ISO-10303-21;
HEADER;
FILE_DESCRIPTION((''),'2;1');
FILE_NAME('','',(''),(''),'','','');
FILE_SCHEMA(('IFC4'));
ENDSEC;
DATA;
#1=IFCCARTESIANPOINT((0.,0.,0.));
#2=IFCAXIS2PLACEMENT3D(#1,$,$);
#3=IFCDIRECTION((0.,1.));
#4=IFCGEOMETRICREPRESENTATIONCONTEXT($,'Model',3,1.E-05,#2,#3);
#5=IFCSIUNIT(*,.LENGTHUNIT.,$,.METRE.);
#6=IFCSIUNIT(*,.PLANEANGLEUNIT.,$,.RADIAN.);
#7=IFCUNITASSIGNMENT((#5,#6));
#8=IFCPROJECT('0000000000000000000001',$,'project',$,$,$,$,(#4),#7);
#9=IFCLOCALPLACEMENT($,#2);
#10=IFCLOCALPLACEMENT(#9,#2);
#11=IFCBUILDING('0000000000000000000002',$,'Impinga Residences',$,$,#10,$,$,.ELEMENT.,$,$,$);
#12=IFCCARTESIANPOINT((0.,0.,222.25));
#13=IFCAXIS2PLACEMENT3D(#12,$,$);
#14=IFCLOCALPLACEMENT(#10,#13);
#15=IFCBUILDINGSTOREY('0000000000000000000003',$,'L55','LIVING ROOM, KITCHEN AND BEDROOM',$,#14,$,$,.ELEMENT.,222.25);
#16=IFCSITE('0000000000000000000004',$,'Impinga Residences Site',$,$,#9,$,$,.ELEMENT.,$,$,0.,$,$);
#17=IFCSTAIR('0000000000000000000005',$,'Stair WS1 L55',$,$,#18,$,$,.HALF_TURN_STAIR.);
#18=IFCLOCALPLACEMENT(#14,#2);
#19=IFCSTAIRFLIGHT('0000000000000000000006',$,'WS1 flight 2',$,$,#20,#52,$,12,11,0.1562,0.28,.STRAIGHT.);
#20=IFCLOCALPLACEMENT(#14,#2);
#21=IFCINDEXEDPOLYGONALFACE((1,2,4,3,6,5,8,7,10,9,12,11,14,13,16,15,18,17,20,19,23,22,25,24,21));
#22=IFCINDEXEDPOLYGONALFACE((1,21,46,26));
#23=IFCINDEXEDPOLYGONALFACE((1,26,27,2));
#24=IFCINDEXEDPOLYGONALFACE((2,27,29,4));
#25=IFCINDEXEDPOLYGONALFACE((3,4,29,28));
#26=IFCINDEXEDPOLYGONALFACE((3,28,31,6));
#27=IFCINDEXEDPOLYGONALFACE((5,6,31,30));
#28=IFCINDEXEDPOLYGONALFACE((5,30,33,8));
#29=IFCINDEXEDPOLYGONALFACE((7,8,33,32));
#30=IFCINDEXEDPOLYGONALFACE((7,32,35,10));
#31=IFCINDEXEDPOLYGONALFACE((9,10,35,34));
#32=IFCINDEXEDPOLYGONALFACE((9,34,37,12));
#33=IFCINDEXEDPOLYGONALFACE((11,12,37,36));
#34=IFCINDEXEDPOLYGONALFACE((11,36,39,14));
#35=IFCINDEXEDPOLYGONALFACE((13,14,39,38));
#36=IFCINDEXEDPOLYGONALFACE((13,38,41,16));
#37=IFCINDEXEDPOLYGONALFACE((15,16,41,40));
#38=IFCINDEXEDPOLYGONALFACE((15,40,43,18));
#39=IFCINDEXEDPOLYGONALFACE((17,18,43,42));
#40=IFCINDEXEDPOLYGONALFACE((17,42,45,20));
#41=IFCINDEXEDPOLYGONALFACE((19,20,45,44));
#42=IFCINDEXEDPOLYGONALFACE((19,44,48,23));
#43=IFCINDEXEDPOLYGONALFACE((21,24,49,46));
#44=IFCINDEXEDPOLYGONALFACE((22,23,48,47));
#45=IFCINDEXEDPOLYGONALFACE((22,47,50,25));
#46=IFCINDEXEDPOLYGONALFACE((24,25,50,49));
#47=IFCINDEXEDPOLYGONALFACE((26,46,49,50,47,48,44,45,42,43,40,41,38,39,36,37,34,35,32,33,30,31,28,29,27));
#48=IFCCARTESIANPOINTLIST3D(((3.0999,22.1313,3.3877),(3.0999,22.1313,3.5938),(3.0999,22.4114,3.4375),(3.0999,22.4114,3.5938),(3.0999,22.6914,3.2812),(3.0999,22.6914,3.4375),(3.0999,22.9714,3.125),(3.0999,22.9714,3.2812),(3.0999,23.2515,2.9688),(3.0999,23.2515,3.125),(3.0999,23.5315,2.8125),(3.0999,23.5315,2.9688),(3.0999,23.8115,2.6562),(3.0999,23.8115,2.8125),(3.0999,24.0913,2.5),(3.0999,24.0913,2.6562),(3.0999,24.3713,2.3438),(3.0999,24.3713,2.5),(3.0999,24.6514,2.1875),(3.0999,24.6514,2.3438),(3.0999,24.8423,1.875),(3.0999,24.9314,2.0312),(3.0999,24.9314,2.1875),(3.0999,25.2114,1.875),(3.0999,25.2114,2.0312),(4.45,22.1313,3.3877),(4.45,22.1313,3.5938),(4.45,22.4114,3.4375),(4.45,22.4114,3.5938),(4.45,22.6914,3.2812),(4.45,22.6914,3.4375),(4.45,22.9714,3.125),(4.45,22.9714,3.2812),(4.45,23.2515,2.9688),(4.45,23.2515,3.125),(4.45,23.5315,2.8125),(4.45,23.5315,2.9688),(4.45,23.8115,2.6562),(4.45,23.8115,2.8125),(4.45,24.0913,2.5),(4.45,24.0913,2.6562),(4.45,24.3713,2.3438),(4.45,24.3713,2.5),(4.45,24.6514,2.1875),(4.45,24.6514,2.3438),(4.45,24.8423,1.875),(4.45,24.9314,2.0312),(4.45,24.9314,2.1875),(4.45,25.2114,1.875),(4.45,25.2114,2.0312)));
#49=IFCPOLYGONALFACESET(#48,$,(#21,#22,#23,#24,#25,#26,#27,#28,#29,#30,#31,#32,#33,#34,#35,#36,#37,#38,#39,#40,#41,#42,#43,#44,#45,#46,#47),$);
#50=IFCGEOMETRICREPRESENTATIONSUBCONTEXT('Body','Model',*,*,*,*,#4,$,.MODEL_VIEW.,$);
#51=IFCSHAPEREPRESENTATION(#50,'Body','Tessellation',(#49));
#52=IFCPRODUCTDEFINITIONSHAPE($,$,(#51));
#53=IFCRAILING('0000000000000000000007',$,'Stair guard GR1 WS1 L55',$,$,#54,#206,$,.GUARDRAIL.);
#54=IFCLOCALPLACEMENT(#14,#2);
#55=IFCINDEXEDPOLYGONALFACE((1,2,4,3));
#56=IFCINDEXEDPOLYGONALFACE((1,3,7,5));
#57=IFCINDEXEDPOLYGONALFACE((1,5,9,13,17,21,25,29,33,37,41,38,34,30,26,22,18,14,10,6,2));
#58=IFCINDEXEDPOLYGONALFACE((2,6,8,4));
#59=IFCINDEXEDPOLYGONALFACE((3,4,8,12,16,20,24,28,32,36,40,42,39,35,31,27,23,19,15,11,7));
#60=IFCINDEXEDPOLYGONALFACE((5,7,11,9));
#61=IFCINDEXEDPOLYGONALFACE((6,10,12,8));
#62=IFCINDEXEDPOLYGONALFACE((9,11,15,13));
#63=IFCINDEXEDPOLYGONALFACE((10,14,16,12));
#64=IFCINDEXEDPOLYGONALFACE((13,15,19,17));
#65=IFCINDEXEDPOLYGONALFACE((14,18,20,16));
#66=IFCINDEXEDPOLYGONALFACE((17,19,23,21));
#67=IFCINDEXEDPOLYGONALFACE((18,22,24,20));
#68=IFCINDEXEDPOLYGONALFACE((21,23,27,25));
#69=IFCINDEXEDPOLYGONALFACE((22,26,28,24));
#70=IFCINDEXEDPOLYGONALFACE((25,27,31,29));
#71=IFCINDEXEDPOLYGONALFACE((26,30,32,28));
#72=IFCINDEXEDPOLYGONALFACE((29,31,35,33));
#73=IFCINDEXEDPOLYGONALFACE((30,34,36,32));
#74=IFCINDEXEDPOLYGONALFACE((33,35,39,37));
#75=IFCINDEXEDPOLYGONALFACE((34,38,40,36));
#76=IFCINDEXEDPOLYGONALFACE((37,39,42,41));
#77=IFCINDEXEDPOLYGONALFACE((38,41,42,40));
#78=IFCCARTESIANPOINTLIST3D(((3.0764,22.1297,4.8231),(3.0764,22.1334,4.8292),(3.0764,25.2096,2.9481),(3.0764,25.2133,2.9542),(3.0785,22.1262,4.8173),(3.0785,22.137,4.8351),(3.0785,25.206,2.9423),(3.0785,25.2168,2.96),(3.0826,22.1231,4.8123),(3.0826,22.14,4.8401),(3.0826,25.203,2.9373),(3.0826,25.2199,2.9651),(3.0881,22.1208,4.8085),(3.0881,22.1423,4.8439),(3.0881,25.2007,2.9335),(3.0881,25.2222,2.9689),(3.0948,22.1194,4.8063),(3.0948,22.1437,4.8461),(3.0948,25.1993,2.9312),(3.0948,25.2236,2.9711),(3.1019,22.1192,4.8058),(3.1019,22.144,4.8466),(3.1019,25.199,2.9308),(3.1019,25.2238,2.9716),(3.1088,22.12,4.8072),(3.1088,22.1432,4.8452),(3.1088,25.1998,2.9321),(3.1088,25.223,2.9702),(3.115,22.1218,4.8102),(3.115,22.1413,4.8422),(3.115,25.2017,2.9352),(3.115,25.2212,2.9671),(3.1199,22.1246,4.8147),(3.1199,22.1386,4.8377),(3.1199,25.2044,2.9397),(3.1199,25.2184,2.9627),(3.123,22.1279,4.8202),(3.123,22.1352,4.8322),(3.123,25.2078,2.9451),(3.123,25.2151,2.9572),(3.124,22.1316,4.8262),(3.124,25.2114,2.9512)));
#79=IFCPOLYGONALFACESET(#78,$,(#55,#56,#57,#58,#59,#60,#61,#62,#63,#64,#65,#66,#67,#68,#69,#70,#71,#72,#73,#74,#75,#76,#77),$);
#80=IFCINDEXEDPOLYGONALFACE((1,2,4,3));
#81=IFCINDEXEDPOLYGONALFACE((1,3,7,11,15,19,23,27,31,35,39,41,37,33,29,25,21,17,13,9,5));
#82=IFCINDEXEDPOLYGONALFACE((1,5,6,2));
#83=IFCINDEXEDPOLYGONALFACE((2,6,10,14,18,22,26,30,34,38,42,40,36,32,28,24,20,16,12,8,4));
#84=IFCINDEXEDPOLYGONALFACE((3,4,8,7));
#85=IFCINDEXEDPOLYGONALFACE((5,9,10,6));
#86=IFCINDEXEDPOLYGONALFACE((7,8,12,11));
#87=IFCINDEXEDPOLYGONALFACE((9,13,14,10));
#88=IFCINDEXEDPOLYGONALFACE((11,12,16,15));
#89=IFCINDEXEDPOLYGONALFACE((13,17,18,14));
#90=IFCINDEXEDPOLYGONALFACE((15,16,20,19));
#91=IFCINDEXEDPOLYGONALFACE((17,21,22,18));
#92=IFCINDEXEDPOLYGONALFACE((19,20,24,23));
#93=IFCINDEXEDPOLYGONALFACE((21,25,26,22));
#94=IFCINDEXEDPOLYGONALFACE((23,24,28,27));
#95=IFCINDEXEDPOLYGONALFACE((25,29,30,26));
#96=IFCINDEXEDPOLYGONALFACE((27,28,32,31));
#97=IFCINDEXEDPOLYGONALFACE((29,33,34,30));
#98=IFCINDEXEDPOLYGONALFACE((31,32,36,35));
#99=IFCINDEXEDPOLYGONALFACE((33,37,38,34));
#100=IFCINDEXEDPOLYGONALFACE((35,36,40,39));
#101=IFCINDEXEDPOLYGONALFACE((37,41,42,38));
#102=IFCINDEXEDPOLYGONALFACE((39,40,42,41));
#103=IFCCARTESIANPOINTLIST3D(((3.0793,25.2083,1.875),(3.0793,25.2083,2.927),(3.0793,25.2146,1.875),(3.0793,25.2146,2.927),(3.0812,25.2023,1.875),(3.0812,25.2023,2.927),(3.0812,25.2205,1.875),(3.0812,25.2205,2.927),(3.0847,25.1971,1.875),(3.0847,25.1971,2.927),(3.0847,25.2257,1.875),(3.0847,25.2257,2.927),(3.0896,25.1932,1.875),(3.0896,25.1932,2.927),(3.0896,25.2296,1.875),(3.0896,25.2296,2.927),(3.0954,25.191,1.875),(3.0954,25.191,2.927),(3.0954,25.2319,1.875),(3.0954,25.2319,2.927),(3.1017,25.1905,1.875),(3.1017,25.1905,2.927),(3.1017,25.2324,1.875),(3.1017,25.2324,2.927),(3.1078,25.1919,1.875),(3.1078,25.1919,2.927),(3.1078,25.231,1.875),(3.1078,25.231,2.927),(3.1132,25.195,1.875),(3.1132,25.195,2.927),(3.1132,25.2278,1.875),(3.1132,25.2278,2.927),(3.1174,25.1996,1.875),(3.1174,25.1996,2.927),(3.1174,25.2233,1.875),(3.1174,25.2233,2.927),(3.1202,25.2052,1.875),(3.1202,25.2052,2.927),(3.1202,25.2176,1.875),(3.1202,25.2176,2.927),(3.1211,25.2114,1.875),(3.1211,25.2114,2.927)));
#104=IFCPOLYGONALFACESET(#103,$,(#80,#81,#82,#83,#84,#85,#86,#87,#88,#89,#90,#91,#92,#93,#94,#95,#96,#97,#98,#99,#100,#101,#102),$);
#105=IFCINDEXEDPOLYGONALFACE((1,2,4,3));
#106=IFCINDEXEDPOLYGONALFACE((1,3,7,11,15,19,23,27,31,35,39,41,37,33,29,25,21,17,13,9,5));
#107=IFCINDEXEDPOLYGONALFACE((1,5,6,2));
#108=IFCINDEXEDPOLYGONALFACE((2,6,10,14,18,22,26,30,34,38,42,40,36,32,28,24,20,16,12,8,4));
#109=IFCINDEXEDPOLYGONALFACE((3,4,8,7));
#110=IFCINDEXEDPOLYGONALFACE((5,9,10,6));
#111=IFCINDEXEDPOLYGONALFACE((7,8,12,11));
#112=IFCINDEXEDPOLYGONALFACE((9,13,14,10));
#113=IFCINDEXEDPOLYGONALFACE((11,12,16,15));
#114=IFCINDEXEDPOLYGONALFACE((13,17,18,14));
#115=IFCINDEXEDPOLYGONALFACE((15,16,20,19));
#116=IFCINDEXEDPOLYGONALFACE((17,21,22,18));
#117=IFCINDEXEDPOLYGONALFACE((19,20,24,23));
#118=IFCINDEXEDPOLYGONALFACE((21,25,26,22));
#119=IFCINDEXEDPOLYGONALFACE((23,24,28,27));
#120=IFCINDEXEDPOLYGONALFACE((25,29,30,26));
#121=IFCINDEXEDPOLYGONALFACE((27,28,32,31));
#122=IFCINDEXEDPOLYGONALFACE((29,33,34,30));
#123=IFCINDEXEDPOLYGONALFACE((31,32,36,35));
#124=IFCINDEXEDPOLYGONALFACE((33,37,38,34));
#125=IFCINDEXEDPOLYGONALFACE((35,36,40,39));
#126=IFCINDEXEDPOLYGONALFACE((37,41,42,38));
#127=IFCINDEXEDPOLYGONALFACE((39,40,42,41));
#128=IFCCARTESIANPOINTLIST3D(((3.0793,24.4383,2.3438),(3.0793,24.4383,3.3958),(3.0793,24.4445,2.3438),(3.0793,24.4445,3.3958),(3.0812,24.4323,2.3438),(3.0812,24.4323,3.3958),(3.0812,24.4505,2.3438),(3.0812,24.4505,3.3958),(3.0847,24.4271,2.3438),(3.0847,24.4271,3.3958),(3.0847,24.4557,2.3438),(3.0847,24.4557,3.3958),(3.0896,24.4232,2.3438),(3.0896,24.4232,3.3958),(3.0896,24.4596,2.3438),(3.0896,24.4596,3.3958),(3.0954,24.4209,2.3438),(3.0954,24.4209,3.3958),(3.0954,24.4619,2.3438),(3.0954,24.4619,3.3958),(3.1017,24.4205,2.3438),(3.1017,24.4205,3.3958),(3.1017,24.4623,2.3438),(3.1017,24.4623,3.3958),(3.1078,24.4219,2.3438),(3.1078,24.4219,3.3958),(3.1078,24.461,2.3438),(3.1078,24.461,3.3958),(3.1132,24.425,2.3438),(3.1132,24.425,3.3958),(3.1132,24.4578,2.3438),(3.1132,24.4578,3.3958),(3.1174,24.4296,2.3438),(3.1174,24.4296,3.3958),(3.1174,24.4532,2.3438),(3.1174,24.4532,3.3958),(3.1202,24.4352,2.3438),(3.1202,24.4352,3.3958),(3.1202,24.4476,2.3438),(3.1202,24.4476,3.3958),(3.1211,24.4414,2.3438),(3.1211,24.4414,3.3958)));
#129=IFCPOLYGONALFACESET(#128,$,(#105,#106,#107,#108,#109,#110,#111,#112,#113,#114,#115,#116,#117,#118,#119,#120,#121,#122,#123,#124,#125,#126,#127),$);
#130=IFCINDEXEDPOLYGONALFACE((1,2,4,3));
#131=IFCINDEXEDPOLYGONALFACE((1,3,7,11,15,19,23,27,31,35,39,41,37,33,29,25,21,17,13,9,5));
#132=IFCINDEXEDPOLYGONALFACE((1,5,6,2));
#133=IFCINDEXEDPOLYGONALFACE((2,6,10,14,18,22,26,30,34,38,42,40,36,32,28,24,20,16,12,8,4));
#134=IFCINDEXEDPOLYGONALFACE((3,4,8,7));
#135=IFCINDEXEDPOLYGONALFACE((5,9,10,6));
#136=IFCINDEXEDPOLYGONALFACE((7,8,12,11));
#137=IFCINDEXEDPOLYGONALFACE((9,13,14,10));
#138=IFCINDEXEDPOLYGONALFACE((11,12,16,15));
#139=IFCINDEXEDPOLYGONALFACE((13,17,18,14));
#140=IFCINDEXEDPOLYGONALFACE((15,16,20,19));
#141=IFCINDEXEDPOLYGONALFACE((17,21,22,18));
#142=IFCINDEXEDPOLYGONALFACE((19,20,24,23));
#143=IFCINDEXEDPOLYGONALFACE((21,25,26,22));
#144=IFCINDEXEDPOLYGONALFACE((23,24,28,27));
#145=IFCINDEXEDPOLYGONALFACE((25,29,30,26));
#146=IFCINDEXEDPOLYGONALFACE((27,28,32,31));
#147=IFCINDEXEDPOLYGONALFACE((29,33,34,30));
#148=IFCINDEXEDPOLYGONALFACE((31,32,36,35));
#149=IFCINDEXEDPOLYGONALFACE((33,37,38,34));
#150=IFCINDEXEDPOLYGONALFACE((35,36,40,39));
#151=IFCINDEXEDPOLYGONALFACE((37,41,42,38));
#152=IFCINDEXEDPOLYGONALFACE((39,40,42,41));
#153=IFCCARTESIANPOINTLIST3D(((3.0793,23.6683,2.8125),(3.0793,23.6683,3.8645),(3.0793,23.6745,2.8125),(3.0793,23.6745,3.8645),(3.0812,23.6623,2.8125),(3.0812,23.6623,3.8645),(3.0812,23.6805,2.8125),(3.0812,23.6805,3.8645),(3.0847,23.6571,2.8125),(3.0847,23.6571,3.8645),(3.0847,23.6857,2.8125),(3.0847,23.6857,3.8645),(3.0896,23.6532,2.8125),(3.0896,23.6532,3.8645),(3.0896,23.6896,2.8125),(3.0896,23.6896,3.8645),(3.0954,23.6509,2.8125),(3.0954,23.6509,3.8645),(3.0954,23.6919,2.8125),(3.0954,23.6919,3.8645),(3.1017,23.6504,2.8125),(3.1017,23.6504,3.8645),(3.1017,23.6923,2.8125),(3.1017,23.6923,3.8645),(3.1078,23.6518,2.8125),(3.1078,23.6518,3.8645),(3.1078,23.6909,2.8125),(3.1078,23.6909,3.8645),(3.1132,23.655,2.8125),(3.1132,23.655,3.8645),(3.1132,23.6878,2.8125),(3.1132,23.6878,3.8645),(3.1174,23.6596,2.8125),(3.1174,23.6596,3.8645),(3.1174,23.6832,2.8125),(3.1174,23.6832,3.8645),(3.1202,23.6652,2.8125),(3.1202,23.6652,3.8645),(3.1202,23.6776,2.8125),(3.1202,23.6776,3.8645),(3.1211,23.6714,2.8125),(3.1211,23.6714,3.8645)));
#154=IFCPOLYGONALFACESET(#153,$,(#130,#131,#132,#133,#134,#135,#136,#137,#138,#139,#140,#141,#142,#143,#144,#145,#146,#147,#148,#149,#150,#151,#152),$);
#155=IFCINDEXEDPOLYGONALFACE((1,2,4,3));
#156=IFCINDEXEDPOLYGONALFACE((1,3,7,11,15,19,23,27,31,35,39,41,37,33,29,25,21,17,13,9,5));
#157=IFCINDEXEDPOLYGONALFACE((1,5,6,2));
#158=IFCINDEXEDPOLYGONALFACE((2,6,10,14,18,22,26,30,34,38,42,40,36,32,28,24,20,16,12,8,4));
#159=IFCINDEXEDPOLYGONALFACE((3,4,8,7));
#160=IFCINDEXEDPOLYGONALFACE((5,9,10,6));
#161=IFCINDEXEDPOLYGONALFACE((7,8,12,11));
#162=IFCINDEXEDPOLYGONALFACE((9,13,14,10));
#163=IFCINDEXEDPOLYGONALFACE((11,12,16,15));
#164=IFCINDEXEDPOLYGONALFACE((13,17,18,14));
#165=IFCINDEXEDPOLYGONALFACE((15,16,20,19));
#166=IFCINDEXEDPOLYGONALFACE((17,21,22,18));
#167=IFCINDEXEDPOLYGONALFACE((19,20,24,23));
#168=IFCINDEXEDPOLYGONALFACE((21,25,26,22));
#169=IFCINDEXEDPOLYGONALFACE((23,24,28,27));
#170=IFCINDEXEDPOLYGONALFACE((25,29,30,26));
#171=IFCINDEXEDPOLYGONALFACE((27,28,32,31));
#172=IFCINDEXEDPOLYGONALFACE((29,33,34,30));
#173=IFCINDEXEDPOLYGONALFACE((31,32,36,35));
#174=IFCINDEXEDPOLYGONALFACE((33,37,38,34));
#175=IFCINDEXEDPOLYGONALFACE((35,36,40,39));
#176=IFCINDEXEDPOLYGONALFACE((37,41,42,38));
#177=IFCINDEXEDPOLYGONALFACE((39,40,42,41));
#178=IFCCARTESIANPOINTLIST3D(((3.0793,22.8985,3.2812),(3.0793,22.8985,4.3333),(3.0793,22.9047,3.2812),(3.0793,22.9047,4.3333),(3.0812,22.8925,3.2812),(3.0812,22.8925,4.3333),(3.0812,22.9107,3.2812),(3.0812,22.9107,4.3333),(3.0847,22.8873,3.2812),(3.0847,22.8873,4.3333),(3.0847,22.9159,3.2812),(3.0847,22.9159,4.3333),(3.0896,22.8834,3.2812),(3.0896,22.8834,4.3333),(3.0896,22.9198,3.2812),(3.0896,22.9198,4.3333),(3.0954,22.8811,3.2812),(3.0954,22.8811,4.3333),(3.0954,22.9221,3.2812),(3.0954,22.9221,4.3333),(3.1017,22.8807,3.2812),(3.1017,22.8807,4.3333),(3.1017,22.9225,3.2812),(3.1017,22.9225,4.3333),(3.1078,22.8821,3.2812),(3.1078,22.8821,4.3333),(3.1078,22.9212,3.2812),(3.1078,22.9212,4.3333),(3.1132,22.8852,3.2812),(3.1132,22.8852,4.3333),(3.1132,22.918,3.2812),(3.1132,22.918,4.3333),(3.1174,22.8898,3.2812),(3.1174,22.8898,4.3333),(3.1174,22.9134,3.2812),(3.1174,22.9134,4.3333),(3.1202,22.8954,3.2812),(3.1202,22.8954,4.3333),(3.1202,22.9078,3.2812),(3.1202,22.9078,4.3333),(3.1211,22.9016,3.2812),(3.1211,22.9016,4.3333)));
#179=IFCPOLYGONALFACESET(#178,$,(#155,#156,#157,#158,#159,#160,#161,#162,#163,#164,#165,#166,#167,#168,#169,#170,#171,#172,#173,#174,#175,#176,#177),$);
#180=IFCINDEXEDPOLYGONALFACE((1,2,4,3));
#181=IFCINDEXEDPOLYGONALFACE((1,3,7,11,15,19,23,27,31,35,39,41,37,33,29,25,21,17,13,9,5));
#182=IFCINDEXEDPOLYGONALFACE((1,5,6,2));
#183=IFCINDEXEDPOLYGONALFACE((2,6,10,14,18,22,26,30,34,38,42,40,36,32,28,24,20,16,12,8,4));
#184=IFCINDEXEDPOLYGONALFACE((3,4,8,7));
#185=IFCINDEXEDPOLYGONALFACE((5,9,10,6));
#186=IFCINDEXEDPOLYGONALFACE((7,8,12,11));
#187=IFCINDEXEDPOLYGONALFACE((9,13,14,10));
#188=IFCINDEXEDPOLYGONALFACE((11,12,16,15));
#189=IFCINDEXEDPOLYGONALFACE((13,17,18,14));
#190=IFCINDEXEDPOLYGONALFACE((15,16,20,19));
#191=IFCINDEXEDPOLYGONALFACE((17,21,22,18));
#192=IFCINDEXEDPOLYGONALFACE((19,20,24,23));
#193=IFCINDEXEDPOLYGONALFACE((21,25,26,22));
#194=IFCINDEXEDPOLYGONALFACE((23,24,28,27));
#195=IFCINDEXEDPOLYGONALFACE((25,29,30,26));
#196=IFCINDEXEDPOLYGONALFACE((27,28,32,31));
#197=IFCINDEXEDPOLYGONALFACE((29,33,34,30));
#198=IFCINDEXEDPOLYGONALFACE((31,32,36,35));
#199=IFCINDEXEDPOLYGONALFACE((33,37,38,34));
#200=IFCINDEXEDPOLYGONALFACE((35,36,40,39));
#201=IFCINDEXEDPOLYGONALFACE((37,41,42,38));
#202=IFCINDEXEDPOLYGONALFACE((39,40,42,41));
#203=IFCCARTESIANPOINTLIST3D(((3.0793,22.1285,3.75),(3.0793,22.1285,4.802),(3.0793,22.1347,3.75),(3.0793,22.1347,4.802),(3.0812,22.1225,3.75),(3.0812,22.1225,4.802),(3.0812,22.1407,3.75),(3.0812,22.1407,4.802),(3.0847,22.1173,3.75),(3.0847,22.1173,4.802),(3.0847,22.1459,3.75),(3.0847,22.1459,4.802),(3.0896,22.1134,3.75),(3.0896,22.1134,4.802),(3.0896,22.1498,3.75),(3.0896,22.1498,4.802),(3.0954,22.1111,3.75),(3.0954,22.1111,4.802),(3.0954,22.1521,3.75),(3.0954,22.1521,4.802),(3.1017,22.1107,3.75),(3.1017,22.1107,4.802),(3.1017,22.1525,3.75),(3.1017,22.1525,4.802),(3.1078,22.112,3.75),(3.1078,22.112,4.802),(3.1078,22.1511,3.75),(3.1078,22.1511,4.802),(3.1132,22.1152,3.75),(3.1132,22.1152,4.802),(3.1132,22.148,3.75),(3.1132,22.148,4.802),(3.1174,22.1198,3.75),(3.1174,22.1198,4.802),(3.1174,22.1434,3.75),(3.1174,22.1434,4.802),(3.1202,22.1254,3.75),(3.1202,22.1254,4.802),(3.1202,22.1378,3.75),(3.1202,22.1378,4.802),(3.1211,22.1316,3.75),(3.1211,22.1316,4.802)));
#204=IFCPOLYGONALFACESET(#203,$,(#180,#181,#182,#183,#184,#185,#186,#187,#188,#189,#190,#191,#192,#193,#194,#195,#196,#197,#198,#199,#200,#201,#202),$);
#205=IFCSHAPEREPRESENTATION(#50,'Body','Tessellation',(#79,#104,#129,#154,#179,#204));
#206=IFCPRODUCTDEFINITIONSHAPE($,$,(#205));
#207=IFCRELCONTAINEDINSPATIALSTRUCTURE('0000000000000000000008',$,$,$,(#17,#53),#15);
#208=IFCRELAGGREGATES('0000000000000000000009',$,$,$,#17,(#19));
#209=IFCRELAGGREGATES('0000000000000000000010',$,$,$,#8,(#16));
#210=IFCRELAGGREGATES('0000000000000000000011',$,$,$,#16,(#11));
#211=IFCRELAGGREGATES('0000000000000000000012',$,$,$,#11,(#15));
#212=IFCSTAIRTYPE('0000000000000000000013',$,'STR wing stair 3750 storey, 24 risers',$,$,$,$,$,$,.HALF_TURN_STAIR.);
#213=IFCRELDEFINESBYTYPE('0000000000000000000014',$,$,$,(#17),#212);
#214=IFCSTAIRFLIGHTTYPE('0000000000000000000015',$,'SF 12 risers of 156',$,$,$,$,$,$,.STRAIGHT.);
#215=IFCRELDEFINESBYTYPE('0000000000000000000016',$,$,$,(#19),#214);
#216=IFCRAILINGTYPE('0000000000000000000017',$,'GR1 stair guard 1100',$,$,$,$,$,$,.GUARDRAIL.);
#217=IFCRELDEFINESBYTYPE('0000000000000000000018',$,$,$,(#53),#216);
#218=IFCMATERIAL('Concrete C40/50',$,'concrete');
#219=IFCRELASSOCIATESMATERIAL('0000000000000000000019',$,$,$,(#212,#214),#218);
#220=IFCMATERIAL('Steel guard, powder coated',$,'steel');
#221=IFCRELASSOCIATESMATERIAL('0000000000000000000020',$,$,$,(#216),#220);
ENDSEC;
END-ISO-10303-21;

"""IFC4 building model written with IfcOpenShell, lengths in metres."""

from ifc_helpers import new_model, si_unit, direction, frame, origin, origin_2d, place, context, subcontext, project, spatial, polyline, circle, outline, extrude, material, type_object, element, aggregate, save


model = new_model("IFC4")

# Units and contexts
model_context = context("Model", 3, precision=1e-05, world=origin(), true_north=direction((0.0, 1.0)))
body_context = subcontext(model_context, "Body", "Model", "MODEL_VIEW")
ifc_project = project(units=[si_unit("LENGTHUNIT", "METRE"), si_unit("PLANEANGLEUNIT", "RADIAN")], contexts=[model_context])

# Site, building, storey
site_placement = place(None, origin())
site = spatial("IfcSite", under=ifc_project, at=site_placement, Name="Impinga Residences Site", CompositionType="ELEMENT", RefElevation=0.0)
building_placement = place(site_placement, origin())
building = spatial("IfcBuilding", under=site, at=building_placement, Name="Impinga Residences", CompositionType="ELEMENT")
storey_placement = place(building_placement, frame((0.0, 0.0, 222.25)))
storey = spatial("IfcBuildingStorey", under=building, at=storey_placement, Name="L55", Description="LIVING ROOM, KITCHEN AND BEDROOM", CompositionType="ELEMENT", Elevation=222.25)

# Stair, stair flight
ifc_material_1 = material(Name="Concrete C40/50", Category="concrete")
stair_type = type_object("IfcStairType", Name="STR wing stair 3750 storey, 24 risers", PredefinedType="HALF_TURN_STAIR", material=ifc_material_1)
stair_placement = place(storey_placement, origin())
stair = element("IfcStair", 1, at=stair_placement, inside=storey, type_object=stair_type, Name="Stair WS1 L55", PredefinedType="HALF_TURN_STAIR")
stair_flight_type = type_object("IfcStairFlightType", Name="SF 12 risers of 156", PredefinedType="STRAIGHT", material=ifc_material_1)
stair_flight_1_placement = place(storey_placement, frame((3.7749, 25.2114, 1.875), z_axis=(0.0, 0.0, 1.0), x_axis=(0.0, -1.0, 0.0)))
stair_flight_1 = element("IfcStairFlight", 2, at=stair_flight_1_placement, type_object=stair_flight_type, Name="WS1 flight 2", NumberOfRisers=12, NumberOfTreads=11, PredefinedType="STRAIGHT", RiserHeight=0.1562, TreadLength=0.28, context=body_context, shape_type="SweptSolid", body=[
    extrude(outline(polyline([(0.0, 0.0), (0.0, 0.1562), (0.28, 0.1562), (0.28, 0.3125), (0.5601, 0.3125), (0.5601, 0.4688), (0.8401, 0.4688), (0.8401, 0.625), (1.1201, 0.625), (1.1201, 0.7812), (1.3999, 0.7812), (1.3999, 0.9375), (1.6799, 0.9375), (1.6799, 1.0938), (1.96, 1.0938), (1.96, 1.25), (2.24, 1.25), (2.24, 1.4062), (2.52, 1.4062), (2.52, 1.5625), (2.8, 1.5625), (2.8, 1.7188), (3.0801, 1.7188), (3.0801, 1.875), (3.0801, 1.5127), (0.3691, 0.0), (0.0, 0.0)])), frame((0.0, 0.675, 0.0), z_axis=(0.0, -1.0, 0.0), x_axis=(1.0, 0.0, 0.0)), (0.0, 0.0, 1.0), 1.3501),
])
aggregate(stair, [stair_flight_1])

# Railing
ifc_material_2 = material(Name="Steel guard, powder coated", Category="steel")
railing_type_1 = type_object("IfcRailingType", Name="GR1 stair guard 1100", PredefinedType="GUARDRAIL", material=ifc_material_2)
railing_1_placement = place(storey_placement, frame((3.1001, 25.2114, 1.875)))
element("IfcRailing", 3, at=railing_1_placement, inside=storey, type_object=railing_type_1, Name="Stair guard GR1 WS1 L55", PredefinedType="GUARDRAIL", context=body_context, shape_type="SweptSolid", body=[
    extrude(circle(Radius=0.0239, at=origin_2d()), frame((0.0, 0.0, 1.0762), z_axis=(0.0, -0.854159, 0.520011), x_axis=(1.0, 0.0, 0.0)), (0.0, 0.0, 1.0), 3.6057),
    extrude(circle(Radius=0.021, at=origin_2d()), origin(), (0.0, 0.0, 1.0), 1.052),
    extrude(circle(Radius=0.021, at=origin_2d()), frame((0.0, -0.77, 0.4688)), (0.0, 0.0, 1.0), 1.052),
    extrude(circle(Radius=0.021, at=origin_2d()), frame((0.0, -1.54, 0.9375)), (0.0, 0.0, 1.0), 1.052),
    extrude(circle(Radius=0.021, at=origin_2d()), frame((0.0, -2.3098, 1.4062)), (0.0, 0.0, 1.0), 1.052),
    extrude(circle(Radius=0.021, at=origin_2d()), frame((0.0, -3.0798, 1.875)), (0.0, 0.0, 1.0), 1.052),
])

save(model, "model.ifc")
